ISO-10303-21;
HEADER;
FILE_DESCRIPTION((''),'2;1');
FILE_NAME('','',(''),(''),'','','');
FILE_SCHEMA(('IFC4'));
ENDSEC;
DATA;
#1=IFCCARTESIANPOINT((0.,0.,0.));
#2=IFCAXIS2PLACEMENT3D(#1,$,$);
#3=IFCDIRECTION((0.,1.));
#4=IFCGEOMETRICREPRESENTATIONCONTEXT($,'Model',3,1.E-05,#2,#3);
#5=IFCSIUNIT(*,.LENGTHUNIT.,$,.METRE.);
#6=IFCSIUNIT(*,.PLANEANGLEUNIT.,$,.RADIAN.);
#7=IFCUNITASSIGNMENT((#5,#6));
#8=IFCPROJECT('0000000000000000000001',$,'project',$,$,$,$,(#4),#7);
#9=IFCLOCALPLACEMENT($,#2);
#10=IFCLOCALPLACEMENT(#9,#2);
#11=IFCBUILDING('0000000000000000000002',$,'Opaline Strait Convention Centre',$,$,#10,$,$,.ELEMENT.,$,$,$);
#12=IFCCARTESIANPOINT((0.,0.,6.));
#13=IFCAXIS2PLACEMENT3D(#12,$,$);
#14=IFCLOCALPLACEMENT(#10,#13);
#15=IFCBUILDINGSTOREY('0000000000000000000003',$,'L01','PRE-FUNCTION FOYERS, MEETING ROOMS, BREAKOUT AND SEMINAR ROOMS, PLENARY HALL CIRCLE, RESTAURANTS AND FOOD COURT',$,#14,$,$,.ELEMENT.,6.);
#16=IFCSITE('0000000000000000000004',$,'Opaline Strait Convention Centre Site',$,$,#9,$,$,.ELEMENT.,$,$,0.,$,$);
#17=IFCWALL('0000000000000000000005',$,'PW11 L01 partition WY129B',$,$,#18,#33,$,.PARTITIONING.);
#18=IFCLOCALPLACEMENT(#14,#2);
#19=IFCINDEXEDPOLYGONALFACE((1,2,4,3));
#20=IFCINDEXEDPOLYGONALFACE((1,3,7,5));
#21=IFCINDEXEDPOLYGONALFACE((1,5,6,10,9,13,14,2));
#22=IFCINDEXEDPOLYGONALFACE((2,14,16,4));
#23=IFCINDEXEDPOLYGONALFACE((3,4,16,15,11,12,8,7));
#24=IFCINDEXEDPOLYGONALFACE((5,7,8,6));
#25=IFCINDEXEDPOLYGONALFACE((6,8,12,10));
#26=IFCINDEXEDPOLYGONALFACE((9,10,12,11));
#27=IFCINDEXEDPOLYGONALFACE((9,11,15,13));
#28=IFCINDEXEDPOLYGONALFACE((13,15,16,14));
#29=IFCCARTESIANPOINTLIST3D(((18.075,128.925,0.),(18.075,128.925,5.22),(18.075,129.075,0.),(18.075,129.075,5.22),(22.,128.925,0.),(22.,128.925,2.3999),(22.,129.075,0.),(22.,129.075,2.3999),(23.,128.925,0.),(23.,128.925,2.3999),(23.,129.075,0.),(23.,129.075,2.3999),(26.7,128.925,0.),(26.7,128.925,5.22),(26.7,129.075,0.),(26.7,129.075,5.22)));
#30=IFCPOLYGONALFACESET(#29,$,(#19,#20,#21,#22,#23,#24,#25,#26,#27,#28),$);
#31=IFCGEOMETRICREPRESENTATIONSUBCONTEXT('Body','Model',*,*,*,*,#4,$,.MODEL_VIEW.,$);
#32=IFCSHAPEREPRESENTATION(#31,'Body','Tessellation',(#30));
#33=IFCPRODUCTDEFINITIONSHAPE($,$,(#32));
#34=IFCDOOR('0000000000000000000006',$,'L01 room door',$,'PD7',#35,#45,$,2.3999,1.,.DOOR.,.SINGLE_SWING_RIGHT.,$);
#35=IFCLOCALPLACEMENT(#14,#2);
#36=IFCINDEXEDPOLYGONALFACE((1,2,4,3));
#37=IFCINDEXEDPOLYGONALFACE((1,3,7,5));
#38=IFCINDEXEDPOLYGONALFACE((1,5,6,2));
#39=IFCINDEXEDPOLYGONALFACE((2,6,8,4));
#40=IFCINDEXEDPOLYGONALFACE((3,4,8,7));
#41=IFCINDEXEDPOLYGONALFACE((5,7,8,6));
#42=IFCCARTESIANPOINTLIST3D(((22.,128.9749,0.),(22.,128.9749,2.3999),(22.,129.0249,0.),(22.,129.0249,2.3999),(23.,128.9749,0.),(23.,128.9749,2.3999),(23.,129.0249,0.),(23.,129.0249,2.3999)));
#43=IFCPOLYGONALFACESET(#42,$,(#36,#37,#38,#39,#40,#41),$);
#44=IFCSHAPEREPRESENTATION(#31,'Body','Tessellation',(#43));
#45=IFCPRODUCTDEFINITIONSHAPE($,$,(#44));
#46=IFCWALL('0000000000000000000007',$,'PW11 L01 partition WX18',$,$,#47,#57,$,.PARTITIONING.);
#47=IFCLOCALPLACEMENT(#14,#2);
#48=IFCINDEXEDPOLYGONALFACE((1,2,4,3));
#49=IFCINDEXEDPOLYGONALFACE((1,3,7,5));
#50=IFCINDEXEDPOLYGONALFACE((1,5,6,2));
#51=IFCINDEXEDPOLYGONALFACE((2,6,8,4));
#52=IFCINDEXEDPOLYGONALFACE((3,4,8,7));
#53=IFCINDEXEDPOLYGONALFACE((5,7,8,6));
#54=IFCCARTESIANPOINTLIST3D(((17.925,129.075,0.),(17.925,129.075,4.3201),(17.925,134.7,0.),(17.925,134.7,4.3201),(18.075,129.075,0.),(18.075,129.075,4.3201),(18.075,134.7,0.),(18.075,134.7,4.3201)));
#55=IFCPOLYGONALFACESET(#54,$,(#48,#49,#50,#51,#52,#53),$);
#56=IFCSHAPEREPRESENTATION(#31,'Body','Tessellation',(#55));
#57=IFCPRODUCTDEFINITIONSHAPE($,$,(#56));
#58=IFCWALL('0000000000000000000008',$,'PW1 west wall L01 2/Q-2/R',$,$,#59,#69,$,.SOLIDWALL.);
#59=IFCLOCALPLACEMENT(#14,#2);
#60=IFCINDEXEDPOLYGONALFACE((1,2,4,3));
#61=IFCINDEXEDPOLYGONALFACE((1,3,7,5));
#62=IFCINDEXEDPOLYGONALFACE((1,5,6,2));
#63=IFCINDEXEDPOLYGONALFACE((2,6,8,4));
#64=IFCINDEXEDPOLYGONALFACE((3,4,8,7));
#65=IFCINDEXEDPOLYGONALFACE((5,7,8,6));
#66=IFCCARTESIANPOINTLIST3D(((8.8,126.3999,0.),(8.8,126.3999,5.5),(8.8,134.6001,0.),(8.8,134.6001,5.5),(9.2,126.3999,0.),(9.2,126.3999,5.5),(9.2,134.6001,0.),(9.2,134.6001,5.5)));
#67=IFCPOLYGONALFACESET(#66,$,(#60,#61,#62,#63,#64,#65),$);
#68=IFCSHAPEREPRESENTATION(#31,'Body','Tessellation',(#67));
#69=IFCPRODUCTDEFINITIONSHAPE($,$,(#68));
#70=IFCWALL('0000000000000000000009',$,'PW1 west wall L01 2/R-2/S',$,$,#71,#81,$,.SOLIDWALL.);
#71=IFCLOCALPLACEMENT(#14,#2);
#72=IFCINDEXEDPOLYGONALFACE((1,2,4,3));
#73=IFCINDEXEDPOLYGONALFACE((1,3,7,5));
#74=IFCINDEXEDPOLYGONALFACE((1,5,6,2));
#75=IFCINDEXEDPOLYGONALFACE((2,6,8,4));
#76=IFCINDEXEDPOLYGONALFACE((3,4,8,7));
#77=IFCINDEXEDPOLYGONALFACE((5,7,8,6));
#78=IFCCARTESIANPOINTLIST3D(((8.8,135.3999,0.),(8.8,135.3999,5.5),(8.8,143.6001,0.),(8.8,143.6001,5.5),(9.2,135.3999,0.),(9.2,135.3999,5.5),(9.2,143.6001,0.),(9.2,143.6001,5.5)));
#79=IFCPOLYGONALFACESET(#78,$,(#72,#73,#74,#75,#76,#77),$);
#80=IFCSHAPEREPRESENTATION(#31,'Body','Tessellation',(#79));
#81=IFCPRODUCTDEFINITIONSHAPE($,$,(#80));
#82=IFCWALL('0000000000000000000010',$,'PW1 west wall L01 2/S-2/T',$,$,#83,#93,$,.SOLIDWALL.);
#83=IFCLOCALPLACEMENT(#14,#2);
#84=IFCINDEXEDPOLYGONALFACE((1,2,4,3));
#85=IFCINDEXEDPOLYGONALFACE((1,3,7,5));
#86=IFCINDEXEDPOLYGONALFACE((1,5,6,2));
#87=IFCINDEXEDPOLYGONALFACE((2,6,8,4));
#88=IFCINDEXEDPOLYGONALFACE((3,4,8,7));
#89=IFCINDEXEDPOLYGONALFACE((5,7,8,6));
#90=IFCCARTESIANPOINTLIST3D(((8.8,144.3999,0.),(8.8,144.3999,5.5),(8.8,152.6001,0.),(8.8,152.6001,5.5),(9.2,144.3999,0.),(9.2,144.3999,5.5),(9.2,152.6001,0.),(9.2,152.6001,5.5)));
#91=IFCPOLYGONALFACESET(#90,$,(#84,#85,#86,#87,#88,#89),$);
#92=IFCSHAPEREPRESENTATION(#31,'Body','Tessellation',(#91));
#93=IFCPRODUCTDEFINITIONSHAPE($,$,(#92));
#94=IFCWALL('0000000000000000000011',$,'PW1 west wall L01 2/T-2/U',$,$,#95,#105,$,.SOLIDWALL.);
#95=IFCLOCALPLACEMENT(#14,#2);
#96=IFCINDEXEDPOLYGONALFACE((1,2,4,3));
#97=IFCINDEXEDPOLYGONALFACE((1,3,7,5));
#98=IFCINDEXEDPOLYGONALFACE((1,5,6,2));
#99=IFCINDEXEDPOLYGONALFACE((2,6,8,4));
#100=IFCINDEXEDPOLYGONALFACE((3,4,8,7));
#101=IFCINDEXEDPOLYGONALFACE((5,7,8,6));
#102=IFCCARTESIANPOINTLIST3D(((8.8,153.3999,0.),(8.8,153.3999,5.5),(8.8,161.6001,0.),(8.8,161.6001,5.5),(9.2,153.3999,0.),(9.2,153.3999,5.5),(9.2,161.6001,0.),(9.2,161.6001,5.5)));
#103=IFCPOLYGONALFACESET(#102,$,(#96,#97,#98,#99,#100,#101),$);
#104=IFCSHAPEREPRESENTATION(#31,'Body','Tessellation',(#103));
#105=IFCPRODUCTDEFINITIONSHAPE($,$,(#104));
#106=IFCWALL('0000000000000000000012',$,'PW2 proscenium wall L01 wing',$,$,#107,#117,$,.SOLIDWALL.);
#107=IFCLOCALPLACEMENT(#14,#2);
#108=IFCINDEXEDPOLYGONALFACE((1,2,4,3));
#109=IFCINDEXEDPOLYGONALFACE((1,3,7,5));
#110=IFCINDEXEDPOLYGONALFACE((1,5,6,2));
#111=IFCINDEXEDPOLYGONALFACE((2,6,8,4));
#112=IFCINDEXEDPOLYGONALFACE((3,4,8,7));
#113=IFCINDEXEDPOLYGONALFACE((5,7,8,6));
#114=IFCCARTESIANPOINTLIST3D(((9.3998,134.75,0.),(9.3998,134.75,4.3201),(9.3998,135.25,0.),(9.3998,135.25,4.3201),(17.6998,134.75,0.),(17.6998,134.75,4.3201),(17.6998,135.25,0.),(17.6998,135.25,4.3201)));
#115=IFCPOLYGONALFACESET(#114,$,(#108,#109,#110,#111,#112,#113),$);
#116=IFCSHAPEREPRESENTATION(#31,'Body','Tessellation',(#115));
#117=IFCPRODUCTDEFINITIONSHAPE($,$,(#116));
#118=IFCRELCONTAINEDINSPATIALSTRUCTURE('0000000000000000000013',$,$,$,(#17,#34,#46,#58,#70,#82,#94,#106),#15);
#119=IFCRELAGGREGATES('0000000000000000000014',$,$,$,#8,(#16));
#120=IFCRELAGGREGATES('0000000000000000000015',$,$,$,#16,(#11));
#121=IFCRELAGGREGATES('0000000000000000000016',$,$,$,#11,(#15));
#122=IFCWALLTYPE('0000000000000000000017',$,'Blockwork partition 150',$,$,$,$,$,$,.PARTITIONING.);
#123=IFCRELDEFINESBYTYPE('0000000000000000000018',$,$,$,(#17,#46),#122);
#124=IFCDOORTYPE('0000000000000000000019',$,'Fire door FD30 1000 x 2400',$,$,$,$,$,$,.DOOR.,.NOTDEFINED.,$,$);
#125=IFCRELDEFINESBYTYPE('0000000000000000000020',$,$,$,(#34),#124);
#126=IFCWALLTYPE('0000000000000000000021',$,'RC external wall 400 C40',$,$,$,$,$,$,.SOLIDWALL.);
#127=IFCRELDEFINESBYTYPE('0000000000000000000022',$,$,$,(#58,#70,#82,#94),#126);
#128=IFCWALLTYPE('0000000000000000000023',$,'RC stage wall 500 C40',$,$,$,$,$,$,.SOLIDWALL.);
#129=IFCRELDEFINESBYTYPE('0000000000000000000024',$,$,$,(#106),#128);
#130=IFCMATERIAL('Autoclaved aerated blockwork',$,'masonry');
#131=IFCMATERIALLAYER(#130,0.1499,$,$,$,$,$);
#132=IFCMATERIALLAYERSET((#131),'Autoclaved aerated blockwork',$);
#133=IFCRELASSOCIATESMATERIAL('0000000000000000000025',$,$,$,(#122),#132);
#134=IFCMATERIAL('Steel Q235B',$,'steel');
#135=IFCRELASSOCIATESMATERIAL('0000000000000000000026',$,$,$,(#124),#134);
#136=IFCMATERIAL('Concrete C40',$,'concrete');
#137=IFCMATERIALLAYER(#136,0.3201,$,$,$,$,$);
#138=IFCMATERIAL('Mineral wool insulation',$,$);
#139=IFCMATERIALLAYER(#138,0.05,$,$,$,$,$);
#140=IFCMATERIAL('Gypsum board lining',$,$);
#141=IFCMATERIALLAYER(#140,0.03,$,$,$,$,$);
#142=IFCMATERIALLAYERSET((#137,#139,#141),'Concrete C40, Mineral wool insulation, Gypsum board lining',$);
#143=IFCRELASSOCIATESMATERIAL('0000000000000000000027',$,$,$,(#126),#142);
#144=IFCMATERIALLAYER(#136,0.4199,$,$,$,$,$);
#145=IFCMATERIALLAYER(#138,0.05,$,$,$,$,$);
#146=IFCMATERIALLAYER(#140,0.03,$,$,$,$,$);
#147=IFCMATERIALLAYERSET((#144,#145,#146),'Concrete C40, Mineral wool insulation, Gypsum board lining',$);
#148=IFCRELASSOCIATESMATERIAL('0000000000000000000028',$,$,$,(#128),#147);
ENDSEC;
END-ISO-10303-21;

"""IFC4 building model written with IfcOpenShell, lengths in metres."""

from ifc_helpers import new_model, si_unit, direction, frame, frame_2d, origin, place, context, subcontext, project, spatial, rectangle, extrude, material, layer, layer_set, type_object, element, fill, save


model = new_model("IFC4")

# Units and contexts
model_context = context("Model", 3, precision=1e-05, world=origin(), true_north=direction((0.0, 1.0)))
body_context = subcontext(model_context, "Body", "Model", "MODEL_VIEW")
ifc_project = project(units=[si_unit("LENGTHUNIT", "METRE"), si_unit("PLANEANGLEUNIT", "RADIAN")], contexts=[model_context])

# Site, building, storey
site_placement = place(None, origin())
site = spatial("IfcSite", under=ifc_project, at=site_placement, Name="Opaline Strait Convention Centre Site", CompositionType="ELEMENT", RefElevation=0.0)
building_placement = place(site_placement, origin())
building = spatial("IfcBuilding", under=site, at=building_placement, Name="Opaline Strait Convention Centre", CompositionType="ELEMENT")
storey_placement = place(building_placement, frame((0.0, 0.0, 6.0)))
storey = spatial("IfcBuildingStorey", under=building, at=storey_placement, Name="L01", Description="PRE-FUNCTION FOYERS, MEETING ROOMS, BREAKOUT AND SEMINAR ROOMS, PLENARY HALL CIRCLE, RESTAURANTS AND FOOD COURT", CompositionType="ELEMENT", Elevation=6.0)

# Shared definitions
ifc_material_1 = material(Name="Concrete C40", Category="concrete")

# Wall, opening, door
ifc_material_2 = material(Name="Autoclaved aerated blockwork", Category="masonry")
ifc_layer_1 = layer(ifc_material_2, 0.1499)
ifc_layer_set_1 = layer_set([ifc_layer_1], Name="Autoclaved aerated blockwork")
wall_type_1 = type_object("IfcWallType", Name="Blockwork partition 150", PredefinedType="PARTITIONING", material=ifc_layer_set_1)
ifc_material_3 = material(Name="Steel Q235B", Category="steel")
door_type_1 = type_object("IfcDoorType", Name="Fire door FD30 1000 x 2400", OperationType="NOTDEFINED", PredefinedType="DOOR", material=ifc_material_3)
wall_1_placement = place(storey_placement, frame((18.075, 129.0, 0.0), z_axis=(0.0, 0.0, 1.0), x_axis=(1.0, 0.0, 0.0)))
wall_1 = element("IfcWall", 1, at=wall_1_placement, inside=storey, type_object=wall_type_1, Name="PW11 L01 partition WY129B", PredefinedType="PARTITIONING", context=body_context, shape_type="SweptSolid", body=[
    extrude(rectangle(XDim=8.625, YDim=0.1499, at=frame_2d((4.3125, 0.0))), origin(), (0.0, 0.0, 1.0), 5.22),
])
opening_1_placement = place(wall_1_placement, frame((3.925, 0.0, 0.0)))
opening_1 = element("IfcOpeningElement", 2, at=opening_1_placement, cuts=wall_1, PredefinedType="OPENING", context=body_context, shape_type="SweptSolid", body=[
    extrude(rectangle(XDim=1.0, YDim=2.3999, at=frame_2d((0.5, 1.2))), frame((0.0, 0.085, 0.0), z_axis=(0.0, -1.0, 0.0), x_axis=(1.0, 0.0, 0.0)), (0.0, 0.0, 1.0), 0.1699),
])
door_1_placement = place(opening_1_placement, origin())
door_1 = element("IfcDoor", 3, at=door_1_placement, inside=storey, type_object=door_type_1, Name="L01 room door", ObjectType="PD7", OperationType="SINGLE_SWING_RIGHT", OverallHeight=2.3999, OverallWidth=1.0, PredefinedType="DOOR", context=body_context, shape_type="SweptSolid", body=[
    extrude(rectangle(XDim=1.0, YDim=2.3999, at=frame_2d((0.5, 1.2))), frame((0.0, 0.0249, 0.0), z_axis=(0.0, -1.0, 0.0), x_axis=(1.0, 0.0, 0.0)), (0.0, 0.0, 1.0), 0.05),
])
fill(opening_1, door_1)

# Walls
wall_2_placement = place(storey_placement, frame((18.0, 129.075, 0.0), z_axis=(0.0, 0.0, 1.0), x_axis=(0.0, 1.0, 0.0)))
element("IfcWall", 4, at=wall_2_placement, inside=storey, type_object=wall_type_1, Name="PW11 L01 partition WX18", PredefinedType="PARTITIONING", context=body_context, shape_type="SweptSolid", body=[
    extrude(rectangle(XDim=5.625, YDim=0.1499, at=frame_2d((2.8125, 0.0))), origin(), (0.0, 0.0, 1.0), 4.3201),
])
ifc_layer_2 = layer(ifc_material_1, 0.3201)
ifc_material_4 = material(Name="Mineral wool insulation")
ifc_layer_3 = layer(ifc_material_4, 0.05)
ifc_material_5 = material(Name="Gypsum board lining")
ifc_layer_4 = layer(ifc_material_5, 0.03)
ifc_layer_set_2 = layer_set([ifc_layer_2, ifc_layer_3, ifc_layer_4], Name="Concrete C40, Mineral wool insulation, Gypsum board lining")
wall_type_2 = type_object("IfcWallType", Name="RC external wall 400 C40", PredefinedType="SOLIDWALL", material=ifc_layer_set_2)
for number, where, z_axis, x_axis, name in (
    (5, (9.0, 126.3999, 0.0), (0.0, 0.0, 1.0), (0.0, 1.0, 0.0), "PW1 west wall L01 2/Q-2/R"),
    (6, (9.0, 135.3999, 0.0), (0.0, 0.0, 1.0), (0.0, 1.0, 0.0), "PW1 west wall L01 2/R-2/S"),
    (7, (9.0, 144.3999, 0.0), (0.0, 0.0, 1.0), (0.0, 1.0, 0.0), "PW1 west wall L01 2/S-2/T"),
    (8, (9.0, 153.3999, 0.0), (0.0, 0.0, 1.0), (0.0, 1.0, 0.0), "PW1 west wall L01 2/T-2/U"),
):
    element("IfcWall", number, at=place(storey_placement, frame(where, z_axis=z_axis, x_axis=x_axis)), inside=storey, type_object=wall_type_2, Name=name, PredefinedType="SOLIDWALL", context=body_context, shape_type="SweptSolid", body=[
        extrude(rectangle(XDim=8.2002, YDim=0.3999, at=frame_2d((4.1001, 0.0))), origin(), (0.0, 0.0, 1.0), 5.5),
    ])
ifc_layer_5 = layer(ifc_material_1, 0.4199)
ifc_layer_6 = layer(ifc_material_4, 0.05)
ifc_layer_7 = layer(ifc_material_5, 0.03)
ifc_layer_set_3 = layer_set([ifc_layer_5, ifc_layer_6, ifc_layer_7], Name="Concrete C40, Mineral wool insulation, Gypsum board lining")
wall_type_3 = type_object("IfcWallType", Name="RC stage wall 500 C40", PredefinedType="SOLIDWALL", material=ifc_layer_set_3)
wall_3_placement = place(storey_placement, frame((9.3999, 135.0, 0.0), z_axis=(0.0, 0.0, 1.0), x_axis=(1.0, 0.0, 0.0)))
element("IfcWall", 9, at=wall_3_placement, inside=storey, type_object=wall_type_3, Name="PW2 proscenium wall L01 wing", PredefinedType="SOLIDWALL", context=body_context, shape_type="SweptSolid", body=[
    extrude(rectangle(XDim=8.3, YDim=0.5, at=frame_2d((4.1499, 0.0))), origin(), (0.0, 0.0, 1.0), 4.3201),
])

save(model, "model.ifc")
